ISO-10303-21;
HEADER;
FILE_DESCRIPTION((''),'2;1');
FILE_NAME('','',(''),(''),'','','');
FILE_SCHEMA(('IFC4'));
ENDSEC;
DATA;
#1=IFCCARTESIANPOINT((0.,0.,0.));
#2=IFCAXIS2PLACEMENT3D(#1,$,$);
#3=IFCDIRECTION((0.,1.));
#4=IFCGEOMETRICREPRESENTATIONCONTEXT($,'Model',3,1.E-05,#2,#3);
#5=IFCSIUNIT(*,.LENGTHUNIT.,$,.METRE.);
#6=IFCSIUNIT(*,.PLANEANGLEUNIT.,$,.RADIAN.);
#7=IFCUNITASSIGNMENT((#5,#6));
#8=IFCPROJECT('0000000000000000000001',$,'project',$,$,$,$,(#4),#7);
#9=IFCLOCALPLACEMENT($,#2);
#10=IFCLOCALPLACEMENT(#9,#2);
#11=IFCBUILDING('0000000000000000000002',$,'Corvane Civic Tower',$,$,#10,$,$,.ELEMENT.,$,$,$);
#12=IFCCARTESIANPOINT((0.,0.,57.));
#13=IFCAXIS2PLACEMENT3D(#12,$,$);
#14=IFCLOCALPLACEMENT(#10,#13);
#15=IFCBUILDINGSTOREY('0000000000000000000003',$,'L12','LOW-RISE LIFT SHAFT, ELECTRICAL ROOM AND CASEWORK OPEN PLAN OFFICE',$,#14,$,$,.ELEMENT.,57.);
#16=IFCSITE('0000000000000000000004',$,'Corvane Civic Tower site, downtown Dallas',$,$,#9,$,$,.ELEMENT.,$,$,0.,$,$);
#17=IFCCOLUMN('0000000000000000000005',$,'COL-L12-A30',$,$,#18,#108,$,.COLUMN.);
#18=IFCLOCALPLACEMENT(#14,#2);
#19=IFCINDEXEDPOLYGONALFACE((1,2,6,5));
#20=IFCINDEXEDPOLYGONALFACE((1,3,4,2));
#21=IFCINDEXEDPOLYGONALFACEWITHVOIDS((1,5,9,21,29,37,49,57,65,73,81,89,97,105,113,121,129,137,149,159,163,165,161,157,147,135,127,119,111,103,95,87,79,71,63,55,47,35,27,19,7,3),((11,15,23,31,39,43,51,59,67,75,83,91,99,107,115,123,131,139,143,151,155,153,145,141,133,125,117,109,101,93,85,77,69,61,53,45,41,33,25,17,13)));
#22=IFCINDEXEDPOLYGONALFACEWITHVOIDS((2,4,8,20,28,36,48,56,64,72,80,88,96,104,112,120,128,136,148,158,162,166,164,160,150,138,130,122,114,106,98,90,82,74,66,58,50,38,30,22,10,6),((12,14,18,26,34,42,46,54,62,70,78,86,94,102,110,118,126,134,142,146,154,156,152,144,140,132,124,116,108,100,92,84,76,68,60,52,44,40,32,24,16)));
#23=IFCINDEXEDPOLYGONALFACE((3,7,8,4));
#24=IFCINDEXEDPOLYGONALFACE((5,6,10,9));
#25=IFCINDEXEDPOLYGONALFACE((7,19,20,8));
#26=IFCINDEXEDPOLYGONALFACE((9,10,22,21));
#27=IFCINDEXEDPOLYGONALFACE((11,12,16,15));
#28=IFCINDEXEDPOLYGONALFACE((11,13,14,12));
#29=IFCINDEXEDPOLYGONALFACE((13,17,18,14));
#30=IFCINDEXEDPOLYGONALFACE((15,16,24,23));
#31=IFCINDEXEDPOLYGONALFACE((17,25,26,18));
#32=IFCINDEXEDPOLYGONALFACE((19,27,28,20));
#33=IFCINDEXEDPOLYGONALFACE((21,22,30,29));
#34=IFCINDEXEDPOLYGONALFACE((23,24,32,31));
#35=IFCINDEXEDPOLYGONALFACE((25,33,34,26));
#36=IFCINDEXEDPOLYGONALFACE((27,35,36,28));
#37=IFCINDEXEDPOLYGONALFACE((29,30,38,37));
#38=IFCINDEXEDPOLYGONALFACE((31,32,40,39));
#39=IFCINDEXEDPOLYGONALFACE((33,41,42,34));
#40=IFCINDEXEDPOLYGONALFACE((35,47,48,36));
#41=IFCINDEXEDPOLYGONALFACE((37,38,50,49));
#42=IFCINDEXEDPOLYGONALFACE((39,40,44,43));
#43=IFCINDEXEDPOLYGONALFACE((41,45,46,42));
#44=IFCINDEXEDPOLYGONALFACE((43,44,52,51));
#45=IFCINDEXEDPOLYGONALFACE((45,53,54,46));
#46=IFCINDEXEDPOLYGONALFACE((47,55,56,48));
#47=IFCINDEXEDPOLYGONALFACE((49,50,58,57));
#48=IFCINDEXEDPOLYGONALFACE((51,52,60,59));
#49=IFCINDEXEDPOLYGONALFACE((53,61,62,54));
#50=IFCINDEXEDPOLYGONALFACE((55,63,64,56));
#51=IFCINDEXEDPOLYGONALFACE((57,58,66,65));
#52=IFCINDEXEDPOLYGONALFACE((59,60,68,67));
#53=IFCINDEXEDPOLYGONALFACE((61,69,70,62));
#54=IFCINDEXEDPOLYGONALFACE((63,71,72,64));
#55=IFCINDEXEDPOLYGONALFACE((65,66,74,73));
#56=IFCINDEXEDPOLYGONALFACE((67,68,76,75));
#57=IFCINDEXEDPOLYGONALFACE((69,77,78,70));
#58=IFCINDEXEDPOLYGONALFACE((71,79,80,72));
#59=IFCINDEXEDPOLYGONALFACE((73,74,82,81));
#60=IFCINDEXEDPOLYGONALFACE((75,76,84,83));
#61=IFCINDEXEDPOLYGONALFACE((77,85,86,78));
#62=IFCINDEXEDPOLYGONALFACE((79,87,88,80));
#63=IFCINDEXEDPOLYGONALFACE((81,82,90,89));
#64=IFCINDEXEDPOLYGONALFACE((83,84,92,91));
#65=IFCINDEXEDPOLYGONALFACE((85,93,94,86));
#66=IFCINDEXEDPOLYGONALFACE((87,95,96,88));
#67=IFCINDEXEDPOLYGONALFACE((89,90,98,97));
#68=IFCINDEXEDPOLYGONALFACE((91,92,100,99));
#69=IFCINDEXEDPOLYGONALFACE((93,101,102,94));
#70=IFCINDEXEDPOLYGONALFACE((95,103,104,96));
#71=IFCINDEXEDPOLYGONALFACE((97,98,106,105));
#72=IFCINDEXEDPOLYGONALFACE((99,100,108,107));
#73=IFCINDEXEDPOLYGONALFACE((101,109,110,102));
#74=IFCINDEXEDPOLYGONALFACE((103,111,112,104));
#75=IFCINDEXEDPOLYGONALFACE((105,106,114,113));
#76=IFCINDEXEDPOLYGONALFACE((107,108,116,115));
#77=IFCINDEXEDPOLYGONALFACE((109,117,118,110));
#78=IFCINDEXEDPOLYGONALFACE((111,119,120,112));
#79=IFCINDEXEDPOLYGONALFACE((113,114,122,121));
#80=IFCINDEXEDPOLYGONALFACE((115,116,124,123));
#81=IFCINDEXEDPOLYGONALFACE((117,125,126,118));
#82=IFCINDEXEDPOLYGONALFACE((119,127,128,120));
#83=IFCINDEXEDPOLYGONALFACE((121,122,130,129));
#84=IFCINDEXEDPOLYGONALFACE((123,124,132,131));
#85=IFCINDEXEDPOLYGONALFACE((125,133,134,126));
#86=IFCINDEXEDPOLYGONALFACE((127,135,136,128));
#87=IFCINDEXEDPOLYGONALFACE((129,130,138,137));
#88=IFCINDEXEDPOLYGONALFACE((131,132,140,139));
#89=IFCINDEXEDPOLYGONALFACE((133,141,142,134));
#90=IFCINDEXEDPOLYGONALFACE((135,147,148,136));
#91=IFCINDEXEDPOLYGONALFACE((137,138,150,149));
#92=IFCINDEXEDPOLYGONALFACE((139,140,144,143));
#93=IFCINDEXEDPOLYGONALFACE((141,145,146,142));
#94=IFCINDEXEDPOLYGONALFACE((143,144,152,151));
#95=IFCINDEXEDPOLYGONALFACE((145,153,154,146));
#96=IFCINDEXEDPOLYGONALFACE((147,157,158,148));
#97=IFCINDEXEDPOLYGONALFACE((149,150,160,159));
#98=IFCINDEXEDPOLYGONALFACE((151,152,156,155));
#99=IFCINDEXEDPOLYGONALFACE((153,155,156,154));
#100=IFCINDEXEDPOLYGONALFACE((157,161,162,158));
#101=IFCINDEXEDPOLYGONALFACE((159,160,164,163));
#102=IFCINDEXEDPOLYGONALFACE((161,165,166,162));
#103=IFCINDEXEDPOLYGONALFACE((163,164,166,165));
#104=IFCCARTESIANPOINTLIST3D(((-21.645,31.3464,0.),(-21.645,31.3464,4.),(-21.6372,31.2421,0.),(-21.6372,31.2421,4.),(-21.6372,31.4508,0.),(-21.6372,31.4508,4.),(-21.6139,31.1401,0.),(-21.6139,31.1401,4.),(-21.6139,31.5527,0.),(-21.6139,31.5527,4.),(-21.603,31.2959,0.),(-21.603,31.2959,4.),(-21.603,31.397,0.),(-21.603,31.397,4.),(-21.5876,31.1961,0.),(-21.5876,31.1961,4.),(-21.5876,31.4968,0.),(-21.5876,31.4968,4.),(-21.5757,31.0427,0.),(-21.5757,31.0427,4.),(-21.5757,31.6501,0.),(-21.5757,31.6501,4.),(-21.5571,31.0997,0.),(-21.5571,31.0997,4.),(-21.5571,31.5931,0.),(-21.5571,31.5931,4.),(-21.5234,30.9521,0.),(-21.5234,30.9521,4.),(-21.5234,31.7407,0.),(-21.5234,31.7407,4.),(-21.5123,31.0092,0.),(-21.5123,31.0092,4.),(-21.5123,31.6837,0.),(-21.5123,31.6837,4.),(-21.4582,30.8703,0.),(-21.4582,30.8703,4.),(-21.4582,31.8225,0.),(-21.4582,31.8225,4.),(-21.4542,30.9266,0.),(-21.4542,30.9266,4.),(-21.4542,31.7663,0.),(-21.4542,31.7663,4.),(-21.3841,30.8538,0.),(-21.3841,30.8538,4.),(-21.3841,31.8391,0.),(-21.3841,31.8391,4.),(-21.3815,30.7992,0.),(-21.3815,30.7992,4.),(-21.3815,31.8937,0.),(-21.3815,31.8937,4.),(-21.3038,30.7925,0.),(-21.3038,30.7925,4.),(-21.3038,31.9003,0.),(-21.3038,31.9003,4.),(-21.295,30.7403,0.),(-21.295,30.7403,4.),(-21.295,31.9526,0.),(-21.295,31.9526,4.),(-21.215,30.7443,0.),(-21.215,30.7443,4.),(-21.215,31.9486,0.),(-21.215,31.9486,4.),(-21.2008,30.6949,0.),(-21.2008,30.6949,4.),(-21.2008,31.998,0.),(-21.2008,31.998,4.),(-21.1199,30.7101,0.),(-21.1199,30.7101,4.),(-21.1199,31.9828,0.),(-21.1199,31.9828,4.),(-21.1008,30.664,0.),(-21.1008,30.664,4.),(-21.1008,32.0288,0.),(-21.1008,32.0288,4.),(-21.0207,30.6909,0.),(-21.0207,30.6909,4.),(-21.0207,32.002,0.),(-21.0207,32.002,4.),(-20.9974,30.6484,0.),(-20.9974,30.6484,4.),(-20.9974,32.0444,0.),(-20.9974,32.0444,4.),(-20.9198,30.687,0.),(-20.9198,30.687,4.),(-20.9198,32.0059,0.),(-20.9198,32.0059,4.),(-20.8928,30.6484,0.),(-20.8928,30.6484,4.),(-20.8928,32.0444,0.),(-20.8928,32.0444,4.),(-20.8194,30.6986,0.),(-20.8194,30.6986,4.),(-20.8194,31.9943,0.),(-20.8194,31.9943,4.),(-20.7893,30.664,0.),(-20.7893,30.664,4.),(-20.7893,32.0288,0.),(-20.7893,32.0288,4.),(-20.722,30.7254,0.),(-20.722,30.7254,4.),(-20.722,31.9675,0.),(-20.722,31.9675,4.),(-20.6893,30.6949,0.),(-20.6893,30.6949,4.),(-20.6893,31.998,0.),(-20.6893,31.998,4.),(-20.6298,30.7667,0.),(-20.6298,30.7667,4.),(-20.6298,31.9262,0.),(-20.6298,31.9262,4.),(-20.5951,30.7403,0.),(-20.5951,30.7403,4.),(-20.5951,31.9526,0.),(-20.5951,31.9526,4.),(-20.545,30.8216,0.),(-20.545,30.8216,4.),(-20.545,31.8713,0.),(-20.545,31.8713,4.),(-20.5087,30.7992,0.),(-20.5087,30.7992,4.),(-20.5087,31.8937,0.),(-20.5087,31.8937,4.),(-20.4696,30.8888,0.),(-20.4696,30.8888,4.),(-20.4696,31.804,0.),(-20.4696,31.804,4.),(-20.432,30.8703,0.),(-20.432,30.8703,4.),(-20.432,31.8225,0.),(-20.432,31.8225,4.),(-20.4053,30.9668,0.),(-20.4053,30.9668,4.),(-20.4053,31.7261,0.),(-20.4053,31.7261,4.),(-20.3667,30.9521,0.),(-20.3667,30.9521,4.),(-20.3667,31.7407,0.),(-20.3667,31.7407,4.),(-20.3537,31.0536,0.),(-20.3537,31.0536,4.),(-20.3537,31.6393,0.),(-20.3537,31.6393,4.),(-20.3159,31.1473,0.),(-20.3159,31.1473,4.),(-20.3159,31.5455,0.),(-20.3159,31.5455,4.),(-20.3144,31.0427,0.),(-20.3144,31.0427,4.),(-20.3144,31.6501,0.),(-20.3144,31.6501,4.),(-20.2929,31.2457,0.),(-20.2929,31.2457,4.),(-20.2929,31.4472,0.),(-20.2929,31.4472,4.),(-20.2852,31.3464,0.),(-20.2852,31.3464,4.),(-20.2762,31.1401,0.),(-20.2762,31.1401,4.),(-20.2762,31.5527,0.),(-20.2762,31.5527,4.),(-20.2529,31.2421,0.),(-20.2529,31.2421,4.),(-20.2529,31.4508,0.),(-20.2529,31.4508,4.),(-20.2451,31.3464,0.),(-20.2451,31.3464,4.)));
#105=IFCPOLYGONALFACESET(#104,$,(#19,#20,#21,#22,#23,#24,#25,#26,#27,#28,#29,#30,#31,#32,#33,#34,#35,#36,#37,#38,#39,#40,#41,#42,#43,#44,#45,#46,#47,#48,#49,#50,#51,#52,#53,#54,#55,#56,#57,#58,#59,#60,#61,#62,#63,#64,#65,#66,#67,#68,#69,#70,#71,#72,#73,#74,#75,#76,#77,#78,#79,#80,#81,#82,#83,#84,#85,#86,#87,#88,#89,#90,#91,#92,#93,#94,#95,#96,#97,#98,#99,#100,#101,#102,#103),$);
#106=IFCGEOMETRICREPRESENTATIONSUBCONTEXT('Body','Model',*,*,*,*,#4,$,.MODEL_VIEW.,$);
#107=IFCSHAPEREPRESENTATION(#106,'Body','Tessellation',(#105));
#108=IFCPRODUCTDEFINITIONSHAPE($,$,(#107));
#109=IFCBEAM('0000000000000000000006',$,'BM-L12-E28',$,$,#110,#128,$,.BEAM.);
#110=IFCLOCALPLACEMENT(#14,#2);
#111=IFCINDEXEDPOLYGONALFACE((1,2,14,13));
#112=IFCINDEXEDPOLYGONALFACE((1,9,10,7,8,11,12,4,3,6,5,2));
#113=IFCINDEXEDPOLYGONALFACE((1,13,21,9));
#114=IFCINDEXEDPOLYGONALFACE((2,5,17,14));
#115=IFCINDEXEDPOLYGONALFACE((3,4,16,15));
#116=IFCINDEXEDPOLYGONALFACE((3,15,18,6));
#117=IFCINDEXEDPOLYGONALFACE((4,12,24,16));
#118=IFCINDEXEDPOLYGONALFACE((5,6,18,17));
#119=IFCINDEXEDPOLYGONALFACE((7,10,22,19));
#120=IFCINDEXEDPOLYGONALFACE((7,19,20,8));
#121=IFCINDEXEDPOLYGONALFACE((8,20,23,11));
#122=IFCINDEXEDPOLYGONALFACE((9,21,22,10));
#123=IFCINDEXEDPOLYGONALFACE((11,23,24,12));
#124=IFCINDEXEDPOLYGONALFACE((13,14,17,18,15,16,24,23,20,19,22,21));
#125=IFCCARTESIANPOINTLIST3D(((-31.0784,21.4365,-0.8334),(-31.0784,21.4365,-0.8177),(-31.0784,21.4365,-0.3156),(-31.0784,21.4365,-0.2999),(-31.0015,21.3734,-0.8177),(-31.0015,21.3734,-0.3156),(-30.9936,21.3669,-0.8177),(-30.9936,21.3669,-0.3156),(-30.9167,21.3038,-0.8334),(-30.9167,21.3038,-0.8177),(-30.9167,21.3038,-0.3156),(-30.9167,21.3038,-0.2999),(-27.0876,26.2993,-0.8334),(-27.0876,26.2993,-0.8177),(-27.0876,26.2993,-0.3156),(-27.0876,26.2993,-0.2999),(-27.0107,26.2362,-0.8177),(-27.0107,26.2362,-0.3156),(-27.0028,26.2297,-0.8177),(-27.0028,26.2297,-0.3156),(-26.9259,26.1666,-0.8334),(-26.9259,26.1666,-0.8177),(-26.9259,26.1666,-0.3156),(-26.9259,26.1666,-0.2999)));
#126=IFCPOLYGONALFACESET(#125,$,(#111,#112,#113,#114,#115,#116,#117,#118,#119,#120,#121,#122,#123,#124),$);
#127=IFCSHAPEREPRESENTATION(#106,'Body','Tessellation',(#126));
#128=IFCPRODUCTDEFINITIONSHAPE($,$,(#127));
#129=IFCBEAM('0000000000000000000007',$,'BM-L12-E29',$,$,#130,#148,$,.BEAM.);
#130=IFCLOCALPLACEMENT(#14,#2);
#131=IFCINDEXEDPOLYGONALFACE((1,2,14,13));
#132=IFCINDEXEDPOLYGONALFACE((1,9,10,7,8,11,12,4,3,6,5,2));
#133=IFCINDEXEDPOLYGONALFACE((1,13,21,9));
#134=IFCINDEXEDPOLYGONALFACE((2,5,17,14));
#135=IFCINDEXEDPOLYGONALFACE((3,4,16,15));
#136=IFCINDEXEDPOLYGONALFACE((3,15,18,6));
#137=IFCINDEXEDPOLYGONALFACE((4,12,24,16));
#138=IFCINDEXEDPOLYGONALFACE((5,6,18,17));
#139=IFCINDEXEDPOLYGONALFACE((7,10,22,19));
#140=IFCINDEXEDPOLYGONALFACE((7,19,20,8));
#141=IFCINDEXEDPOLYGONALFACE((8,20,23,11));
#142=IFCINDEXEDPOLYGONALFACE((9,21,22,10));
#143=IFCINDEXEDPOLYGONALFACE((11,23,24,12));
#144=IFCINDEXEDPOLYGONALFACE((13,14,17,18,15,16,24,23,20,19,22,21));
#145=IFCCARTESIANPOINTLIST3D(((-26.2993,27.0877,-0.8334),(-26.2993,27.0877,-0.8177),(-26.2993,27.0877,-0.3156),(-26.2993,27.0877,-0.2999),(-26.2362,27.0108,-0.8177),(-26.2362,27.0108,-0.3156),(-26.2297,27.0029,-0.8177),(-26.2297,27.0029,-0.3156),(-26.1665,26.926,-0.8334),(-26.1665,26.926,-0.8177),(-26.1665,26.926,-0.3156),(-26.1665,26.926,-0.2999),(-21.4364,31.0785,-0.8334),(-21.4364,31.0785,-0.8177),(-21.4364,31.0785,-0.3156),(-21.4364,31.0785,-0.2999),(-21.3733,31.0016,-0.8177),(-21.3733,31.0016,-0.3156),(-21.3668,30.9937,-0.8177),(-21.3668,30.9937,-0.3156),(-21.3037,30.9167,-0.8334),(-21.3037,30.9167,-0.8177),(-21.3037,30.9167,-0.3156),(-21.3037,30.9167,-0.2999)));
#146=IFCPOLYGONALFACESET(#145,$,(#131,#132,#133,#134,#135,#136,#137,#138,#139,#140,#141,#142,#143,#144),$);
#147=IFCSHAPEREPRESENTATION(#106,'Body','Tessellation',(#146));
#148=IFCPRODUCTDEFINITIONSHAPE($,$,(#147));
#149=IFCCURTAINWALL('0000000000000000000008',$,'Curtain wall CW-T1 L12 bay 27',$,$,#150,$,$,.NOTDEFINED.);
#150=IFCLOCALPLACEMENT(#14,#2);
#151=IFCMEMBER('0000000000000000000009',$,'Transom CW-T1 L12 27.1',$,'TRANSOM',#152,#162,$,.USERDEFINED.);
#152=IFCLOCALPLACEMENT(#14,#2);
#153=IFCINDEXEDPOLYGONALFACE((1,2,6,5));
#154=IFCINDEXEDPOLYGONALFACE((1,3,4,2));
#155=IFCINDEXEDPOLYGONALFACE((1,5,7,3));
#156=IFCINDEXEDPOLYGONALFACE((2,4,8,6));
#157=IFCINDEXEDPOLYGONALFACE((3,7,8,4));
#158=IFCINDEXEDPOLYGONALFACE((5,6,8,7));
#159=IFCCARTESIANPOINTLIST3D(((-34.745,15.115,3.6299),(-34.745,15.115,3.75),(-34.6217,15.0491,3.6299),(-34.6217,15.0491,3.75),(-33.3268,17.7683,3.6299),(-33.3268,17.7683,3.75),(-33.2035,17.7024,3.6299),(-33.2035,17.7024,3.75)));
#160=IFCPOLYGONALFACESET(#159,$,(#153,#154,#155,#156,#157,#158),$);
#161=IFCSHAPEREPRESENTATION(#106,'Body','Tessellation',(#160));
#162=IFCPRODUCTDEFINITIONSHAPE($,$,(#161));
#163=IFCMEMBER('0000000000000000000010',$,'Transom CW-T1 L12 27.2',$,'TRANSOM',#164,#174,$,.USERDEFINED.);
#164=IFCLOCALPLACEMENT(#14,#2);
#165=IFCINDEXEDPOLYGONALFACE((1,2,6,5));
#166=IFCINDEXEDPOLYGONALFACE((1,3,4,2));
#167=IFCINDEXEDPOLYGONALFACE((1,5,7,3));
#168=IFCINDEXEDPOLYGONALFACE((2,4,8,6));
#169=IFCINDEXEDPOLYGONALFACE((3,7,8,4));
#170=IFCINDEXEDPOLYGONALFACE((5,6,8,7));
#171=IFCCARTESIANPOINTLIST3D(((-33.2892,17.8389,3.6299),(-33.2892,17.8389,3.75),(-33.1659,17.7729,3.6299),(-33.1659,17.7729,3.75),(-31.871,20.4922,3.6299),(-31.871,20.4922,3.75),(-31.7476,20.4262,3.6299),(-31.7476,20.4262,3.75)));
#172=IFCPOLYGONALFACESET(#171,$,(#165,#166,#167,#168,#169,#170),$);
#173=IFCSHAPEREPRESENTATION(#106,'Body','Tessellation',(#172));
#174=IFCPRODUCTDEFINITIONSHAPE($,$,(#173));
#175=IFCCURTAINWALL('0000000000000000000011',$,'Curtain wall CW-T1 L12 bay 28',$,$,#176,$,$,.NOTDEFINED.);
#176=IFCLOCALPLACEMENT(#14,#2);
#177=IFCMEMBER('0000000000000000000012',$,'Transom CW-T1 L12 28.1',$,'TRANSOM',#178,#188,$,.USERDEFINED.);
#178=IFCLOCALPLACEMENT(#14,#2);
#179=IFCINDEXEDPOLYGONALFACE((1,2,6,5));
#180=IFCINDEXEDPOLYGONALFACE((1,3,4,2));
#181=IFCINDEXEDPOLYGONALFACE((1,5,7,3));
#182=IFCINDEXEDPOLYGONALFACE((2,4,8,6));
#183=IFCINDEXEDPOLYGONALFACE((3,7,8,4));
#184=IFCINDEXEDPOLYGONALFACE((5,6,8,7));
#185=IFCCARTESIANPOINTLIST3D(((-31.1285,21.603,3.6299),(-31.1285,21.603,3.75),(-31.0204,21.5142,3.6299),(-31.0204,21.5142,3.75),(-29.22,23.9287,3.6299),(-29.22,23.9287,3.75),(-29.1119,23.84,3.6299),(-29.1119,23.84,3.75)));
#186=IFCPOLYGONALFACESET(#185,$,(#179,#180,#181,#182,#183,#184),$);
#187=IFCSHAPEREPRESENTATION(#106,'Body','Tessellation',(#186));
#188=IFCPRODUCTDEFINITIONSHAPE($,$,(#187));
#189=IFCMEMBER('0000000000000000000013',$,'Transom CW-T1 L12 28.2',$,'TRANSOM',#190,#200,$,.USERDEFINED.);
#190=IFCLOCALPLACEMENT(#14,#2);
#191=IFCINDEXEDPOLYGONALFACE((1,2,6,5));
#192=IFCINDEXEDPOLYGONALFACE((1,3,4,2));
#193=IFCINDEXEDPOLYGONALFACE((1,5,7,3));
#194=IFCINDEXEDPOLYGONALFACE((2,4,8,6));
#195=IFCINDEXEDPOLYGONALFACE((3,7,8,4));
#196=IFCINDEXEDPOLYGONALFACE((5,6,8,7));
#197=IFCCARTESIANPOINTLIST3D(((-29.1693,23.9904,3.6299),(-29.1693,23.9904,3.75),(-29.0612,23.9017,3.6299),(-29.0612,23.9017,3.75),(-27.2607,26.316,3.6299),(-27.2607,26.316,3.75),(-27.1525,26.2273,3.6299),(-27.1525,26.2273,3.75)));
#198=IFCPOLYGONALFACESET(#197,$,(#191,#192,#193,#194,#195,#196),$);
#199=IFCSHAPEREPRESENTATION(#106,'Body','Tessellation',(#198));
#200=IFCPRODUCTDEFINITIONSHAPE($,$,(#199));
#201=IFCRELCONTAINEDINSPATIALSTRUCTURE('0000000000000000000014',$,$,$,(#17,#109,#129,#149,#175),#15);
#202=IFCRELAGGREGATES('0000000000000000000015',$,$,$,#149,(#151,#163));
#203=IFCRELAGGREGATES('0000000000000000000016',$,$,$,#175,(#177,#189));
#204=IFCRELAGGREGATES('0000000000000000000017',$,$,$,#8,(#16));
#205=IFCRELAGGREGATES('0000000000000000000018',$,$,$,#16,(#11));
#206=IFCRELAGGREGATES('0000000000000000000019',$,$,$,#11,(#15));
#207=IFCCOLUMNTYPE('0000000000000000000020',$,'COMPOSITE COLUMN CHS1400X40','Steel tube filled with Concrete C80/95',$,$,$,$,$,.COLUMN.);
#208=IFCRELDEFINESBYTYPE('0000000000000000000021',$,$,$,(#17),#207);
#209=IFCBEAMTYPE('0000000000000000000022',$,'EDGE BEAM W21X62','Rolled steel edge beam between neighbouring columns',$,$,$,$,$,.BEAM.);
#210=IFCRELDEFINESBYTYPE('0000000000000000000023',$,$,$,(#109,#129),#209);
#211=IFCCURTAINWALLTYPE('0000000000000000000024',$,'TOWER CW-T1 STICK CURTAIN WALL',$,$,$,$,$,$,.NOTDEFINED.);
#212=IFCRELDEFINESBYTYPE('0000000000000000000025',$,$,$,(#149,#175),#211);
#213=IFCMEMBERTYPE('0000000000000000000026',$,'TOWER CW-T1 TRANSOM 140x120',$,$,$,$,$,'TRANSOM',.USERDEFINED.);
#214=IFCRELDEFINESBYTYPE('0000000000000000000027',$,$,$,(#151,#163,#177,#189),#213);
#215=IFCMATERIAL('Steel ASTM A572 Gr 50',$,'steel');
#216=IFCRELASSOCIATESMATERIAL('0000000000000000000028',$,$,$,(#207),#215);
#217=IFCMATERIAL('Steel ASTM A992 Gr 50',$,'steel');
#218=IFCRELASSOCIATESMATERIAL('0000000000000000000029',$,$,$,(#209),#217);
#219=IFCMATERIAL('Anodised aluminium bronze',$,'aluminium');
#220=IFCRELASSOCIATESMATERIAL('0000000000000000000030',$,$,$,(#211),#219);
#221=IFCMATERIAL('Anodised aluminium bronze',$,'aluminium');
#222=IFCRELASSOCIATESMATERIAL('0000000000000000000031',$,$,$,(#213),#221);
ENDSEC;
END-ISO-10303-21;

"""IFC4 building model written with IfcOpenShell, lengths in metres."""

from ifc_helpers import new_model, si_unit, direction, frame, origin, origin_2d, place, context, subcontext, project, spatial, rectangle, hollow_circle, i_section, extrude, material, material_profile, profile_set, type_object, element, aggregate, save


model = new_model("IFC4")

# Units and contexts
model_context = context("Model", 3, precision=1e-05, world=origin(), true_north=direction((0.0, 1.0)))
body_context = subcontext(model_context, "Body", "Model", "MODEL_VIEW")
ifc_project = project(units=[si_unit("LENGTHUNIT", "METRE"), si_unit("PLANEANGLEUNIT", "RADIAN")], contexts=[model_context])

# Site, building, storey
site_placement = place(None, origin())
site = spatial("IfcSite", under=ifc_project, at=site_placement, Name="Corvane Civic Tower site, downtown Dallas", CompositionType="ELEMENT", RefElevation=0.0)
building_placement = place(site_placement, origin())
building = spatial("IfcBuilding", under=site, at=building_placement, Name="Corvane Civic Tower", CompositionType="ELEMENT")
storey_placement = place(building_placement, frame((0.0, 0.0, 57.0)))
storey = spatial("IfcBuildingStorey", under=building, at=storey_placement, Name="L12", Description="LOW-RISE LIFT SHAFT, ELECTRICAL ROOM AND CASEWORK OPEN PLAN OFFICE", CompositionType="ELEMENT", Elevation=57.0)

# Column
ifc_material_1 = material(Name="Steel ASTM A572 Gr 50", Category="steel")
ifc_material_profile_1 = material_profile(ifc_material_1, hollow_circle(Radius=0.7, WallThickness=0.04, at=origin_2d()), Name="CHS1400X40")
ifc_profile_set_1 = profile_set([ifc_material_profile_1], Name="Steel ASTM A572 Gr 50")
column_type = type_object("IfcColumnType", Name="COMPOSITE COLUMN CHS1400X40", Description="Steel tube filled with Concrete C80/95", PredefinedType="COLUMN", material=ifc_profile_set_1)
for number, where, z_axis, x_axis, name in (
    (1, (-20.9451, 31.3464, 0.0), (0.0, 0.0, 1.0), (1.0, 0.0, 0.0), "COL-L12-A30"),
):
    element("IfcColumn", number, at=place(storey_placement, frame(where, z_axis=z_axis, x_axis=x_axis)), inside=storey, type_object=column_type, Name=name, PredefinedType="COLUMN", context=body_context, shape_type="SweptSolid", body=[
        extrude(hollow_circle(Radius=0.7, WallThickness=0.04, at=origin_2d()), origin(), (0.0, 0.0, 1.0), 4.0),
    ])

# Beams
ifc_material_2 = material(Name="Steel ASTM A992 Gr 50", Category="steel")
ifc_material_profile_2 = material_profile(ifc_material_2, i_section(OverallWidth=0.2092, OverallDepth=0.5334, WebThickness=0.0103, FlangeThickness=0.0156, at=origin_2d()), Name="W21X62")
ifc_profile_set_2 = profile_set([ifc_material_profile_2], Name="Steel ASTM A992 Gr 50")
beam_type = type_object("IfcBeamType", Name="EDGE BEAM W21X62", Description="Rolled steel edge beam between neighbouring columns", PredefinedType="BEAM", material=ifc_profile_set_2)
for number, where, z_axis, x_axis, name in (
    (2, (-30.9976, 21.3701, -0.5667), (0.634387, 0.773016, 0.0), (-0.773016, 0.634387, 0.0), "BM-L12-E28"),
    (3, (-26.2329, 27.0068, -0.5667), (0.773016, 0.634387, 0.0), (-0.634387, 0.773016, 0.0), "BM-L12-E29"),
):
    element("IfcBeam", number, at=place(storey_placement, frame(where, z_axis=z_axis, x_axis=x_axis)), inside=storey, type_object=beam_type, Name=name, PredefinedType="BEAM", context=body_context, shape_type="SweptSolid", body=[
        extrude(i_section(OverallWidth=0.2092, OverallDepth=0.5334, WebThickness=0.0103, FlangeThickness=0.0156, at=origin_2d()), origin(), (0.0, 0.0, 1.0), 6.2908),
    ])

# Curtain walls, members
ifc_material_3 = material(Name="Anodised aluminium bronze", Category="aluminium")
curtain_wall_type = type_object("IfcCurtainWallType", Name="TOWER CW-T1 STICK CURTAIN WALL", PredefinedType="NOTDEFINED", material=ifc_material_3)
curtain_wall_1_placement = place(storey_placement, origin())
curtain_wall_1 = element("IfcCurtainWall", 4, at=curtain_wall_1_placement, inside=storey, type_object=curtain_wall_type, Name="Curtain wall CW-T1 L12 bay 27", PredefinedType="NOTDEFINED")
ifc_material_4 = material(Name="Anodised aluminium bronze", Category="aluminium")
ifc_material_profile_3 = material_profile(ifc_material_4, rectangle(XDim=0.1399, YDim=0.1201, at=origin_2d()), Name="TOWER CW-T1 TRANSOM 140x120")
ifc_profile_set_3 = profile_set([ifc_material_profile_3], Name="Anodised aluminium bronze")
member_type_1 = type_object("IfcMemberType", Name="TOWER CW-T1 TRANSOM 140x120", ElementType="TRANSOM", PredefinedType="USERDEFINED", material=ifc_profile_set_3)
member_1_placement = place(storey_placement, frame((-34.6833, 15.082, 3.6899), z_axis=(0.471393, 0.881924, 0.0), x_axis=(-0.881924, 0.471393, 0.0)))
member_1 = element("IfcMember", 5, at=member_1_placement, type_object=member_type_1, Name="Transom CW-T1 L12 27.1", ObjectType="TRANSOM", PredefinedType="USERDEFINED", context=body_context, shape_type="SweptSolid", body=[
    extrude(rectangle(XDim=0.1399, YDim=0.1201, at=origin_2d()), origin(), (0.0, 0.0, 1.0), 3.0085),
])
member_2_placement = place(storey_placement, frame((-33.2275, 17.8059, 3.6899), z_axis=(0.471393, 0.881924, 0.0), x_axis=(-0.881924, 0.471393, 0.0)))
member_2 = element("IfcMember", 6, at=member_2_placement, type_object=member_type_1, Name="Transom CW-T1 L12 27.2", ObjectType="TRANSOM", PredefinedType="USERDEFINED", context=body_context, shape_type="SweptSolid", body=[
    extrude(rectangle(XDim=0.1399, YDim=0.1201, at=origin_2d()), origin(), (0.0, 0.0, 1.0), 3.0085),
])
curtain_wall_2_placement = place(storey_placement, origin())
curtain_wall_2 = element("IfcCurtainWall", 7, at=curtain_wall_2_placement, inside=storey, type_object=curtain_wall_type, Name="Curtain wall CW-T1 L12 bay 28", PredefinedType="NOTDEFINED")
member_3_placement = place(storey_placement, frame((-31.0745, 21.5586, 3.6899), z_axis=(0.634355, 0.773042, 0.0), x_axis=(-0.773042, 0.634355, 0.0)))
member_3 = element("IfcMember", 8, at=member_3_placement, type_object=member_type_1, Name="Transom CW-T1 L12 28.1", ObjectType="TRANSOM", PredefinedType="USERDEFINED", context=body_context, shape_type="SweptSolid", body=[
    extrude(rectangle(XDim=0.1399, YDim=0.1201, at=origin_2d()), origin(), (0.0, 0.0, 1.0), 3.0085),
])
member_4_placement = place(storey_placement, frame((-29.1152, 23.946, 3.6899), z_axis=(0.634404, 0.773002, 0.0), x_axis=(-0.773002, 0.634404, 0.0)))
member_4 = element("IfcMember", 9, at=member_4_placement, type_object=member_type_1, Name="Transom CW-T1 L12 28.2", ObjectType="TRANSOM", PredefinedType="USERDEFINED", context=body_context, shape_type="SweptSolid", body=[
    extrude(rectangle(XDim=0.1399, YDim=0.1201, at=origin_2d()), origin(), (0.0, 0.0, 1.0), 3.0085),
])

aggregate(curtain_wall_1, [member_1, member_2])
aggregate(curtain_wall_2, [member_3, member_4])

save(model, "model.ifc")
